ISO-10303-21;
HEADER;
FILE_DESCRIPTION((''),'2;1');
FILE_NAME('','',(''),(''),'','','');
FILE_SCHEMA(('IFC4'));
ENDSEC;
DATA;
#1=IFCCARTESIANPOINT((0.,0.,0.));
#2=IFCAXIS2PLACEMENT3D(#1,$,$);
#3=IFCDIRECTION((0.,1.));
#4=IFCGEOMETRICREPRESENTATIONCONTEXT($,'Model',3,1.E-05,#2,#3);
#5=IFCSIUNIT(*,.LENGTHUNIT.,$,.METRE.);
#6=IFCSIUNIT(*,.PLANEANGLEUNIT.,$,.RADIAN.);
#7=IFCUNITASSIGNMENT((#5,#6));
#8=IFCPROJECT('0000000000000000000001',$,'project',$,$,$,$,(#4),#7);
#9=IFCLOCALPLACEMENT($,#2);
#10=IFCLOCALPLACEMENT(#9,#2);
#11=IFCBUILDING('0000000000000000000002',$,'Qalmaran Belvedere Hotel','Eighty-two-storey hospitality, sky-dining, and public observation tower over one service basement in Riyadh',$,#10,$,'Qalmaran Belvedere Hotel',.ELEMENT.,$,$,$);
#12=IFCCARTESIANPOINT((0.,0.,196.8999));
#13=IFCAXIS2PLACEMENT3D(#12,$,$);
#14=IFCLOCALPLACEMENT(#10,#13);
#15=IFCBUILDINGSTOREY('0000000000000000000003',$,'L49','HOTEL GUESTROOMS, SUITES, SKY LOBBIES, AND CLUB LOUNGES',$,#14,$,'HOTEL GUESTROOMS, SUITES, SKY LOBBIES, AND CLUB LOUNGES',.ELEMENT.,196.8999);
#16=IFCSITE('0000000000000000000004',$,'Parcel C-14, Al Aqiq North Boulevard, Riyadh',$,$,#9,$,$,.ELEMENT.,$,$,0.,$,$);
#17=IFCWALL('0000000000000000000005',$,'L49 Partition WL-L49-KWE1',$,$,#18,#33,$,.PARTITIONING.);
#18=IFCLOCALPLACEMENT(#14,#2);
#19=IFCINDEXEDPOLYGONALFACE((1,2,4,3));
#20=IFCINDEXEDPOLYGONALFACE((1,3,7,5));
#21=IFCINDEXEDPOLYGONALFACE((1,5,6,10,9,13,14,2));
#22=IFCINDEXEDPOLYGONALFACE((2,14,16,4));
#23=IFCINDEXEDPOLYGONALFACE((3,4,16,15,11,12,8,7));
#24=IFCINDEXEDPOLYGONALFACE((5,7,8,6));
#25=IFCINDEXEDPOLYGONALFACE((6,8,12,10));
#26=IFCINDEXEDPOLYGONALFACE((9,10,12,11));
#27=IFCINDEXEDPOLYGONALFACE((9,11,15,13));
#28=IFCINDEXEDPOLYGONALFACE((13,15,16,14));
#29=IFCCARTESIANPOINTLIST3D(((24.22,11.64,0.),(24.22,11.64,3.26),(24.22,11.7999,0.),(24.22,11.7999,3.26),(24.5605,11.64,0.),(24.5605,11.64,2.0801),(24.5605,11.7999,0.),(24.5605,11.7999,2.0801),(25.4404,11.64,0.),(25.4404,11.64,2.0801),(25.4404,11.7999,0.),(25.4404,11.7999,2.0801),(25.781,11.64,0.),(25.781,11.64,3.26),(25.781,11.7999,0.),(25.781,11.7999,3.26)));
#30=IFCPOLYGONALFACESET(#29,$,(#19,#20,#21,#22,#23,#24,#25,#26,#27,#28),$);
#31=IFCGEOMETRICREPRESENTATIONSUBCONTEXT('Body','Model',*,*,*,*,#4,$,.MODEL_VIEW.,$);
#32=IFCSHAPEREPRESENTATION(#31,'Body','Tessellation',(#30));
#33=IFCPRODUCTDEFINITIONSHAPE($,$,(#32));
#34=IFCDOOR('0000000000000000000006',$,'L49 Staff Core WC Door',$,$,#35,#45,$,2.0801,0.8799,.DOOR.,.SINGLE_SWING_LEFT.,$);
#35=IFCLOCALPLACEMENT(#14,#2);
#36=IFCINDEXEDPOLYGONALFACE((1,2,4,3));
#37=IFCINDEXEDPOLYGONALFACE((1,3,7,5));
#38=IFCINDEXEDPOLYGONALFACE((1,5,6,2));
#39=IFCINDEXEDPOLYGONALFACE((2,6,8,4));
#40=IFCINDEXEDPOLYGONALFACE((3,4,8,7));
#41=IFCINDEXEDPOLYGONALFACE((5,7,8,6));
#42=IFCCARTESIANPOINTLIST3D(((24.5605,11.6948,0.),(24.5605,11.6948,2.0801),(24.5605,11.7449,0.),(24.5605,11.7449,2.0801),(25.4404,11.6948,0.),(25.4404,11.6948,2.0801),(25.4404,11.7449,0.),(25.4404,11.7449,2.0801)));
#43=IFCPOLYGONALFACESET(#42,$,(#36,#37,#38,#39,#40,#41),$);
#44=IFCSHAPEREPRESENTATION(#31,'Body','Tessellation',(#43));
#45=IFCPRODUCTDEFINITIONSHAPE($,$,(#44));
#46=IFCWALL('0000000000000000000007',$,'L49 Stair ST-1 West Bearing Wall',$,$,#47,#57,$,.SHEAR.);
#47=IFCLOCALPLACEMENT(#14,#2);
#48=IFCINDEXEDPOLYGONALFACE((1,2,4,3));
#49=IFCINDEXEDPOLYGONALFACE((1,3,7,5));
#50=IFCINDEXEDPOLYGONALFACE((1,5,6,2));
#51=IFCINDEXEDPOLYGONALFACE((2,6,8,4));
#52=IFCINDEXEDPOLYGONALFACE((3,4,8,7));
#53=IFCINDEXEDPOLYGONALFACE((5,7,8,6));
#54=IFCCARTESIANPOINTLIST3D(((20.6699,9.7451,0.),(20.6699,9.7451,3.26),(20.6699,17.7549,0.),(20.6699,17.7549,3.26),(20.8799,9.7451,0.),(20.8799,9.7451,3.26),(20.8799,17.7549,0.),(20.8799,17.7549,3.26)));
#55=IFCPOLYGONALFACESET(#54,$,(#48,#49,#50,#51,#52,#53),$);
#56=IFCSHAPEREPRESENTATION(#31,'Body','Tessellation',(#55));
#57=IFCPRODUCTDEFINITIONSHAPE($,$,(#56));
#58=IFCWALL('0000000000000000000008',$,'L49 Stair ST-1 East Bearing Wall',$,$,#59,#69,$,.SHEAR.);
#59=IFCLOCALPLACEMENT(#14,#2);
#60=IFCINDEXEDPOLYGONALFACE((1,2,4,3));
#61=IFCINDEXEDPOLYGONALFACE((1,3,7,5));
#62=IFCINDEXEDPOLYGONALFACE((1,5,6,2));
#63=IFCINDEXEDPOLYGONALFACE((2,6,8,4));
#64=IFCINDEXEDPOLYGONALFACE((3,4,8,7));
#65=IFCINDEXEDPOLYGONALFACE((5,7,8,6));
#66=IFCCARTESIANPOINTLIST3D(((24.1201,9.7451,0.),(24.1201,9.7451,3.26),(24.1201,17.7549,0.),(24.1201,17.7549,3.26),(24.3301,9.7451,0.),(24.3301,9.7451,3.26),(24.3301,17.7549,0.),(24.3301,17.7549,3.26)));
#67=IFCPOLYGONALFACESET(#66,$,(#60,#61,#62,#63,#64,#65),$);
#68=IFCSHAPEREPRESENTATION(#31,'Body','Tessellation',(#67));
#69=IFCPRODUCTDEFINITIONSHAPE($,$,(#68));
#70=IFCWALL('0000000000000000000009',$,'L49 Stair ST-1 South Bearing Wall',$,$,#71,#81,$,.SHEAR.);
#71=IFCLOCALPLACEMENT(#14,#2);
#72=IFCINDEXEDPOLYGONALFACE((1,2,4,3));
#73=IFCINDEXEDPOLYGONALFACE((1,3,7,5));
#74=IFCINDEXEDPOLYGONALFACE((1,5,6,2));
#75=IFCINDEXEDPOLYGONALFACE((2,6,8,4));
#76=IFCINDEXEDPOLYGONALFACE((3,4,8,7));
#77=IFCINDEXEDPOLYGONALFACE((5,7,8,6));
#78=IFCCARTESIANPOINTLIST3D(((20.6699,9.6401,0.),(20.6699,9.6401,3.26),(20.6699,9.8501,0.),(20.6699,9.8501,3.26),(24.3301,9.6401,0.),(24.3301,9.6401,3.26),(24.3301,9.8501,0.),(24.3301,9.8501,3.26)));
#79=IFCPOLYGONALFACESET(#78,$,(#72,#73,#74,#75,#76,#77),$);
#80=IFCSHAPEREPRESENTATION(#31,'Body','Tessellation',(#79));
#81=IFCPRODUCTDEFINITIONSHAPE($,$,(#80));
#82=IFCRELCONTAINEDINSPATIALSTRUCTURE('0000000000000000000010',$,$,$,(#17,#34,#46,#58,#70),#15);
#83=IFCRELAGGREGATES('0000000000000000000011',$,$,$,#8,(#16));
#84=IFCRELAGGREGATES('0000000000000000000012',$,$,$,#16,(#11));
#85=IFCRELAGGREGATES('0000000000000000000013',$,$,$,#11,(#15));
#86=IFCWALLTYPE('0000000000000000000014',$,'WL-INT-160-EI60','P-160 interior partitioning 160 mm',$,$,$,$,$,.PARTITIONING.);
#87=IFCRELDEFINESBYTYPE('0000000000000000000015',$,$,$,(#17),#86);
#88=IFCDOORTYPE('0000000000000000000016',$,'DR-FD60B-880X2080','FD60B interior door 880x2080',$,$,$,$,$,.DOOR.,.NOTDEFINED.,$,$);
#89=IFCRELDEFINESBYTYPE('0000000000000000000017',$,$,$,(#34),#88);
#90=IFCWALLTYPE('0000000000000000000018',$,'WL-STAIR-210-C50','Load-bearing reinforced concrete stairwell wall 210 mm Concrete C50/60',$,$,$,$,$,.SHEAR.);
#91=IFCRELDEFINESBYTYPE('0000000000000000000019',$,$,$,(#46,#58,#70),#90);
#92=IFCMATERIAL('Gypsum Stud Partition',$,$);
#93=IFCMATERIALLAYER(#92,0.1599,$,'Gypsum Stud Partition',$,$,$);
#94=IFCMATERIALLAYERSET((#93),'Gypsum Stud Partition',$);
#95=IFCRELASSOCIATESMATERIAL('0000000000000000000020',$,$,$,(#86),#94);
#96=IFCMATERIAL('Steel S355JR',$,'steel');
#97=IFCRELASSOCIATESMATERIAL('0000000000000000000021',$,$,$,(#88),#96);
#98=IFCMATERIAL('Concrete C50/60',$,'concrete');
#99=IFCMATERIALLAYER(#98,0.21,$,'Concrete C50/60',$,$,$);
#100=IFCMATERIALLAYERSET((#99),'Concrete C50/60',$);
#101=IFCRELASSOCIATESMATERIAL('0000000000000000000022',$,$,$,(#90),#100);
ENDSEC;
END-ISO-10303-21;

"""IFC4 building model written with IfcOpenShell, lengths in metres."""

from ifc_helpers import new_model, si_unit, direction, frame, frame_2d, origin, place, context, subcontext, project, spatial, rectangle, extrude, material, layer, layer_set, type_object, element, fill, save


model = new_model("IFC4")

# Units and contexts
model_context = context("Model", 3, precision=1e-05, world=origin(), true_north=direction((0.0, 1.0)))
body_context = subcontext(model_context, "Body", "Model", "MODEL_VIEW")
ifc_project = project(units=[si_unit("LENGTHUNIT", "METRE"), si_unit("PLANEANGLEUNIT", "RADIAN")], contexts=[model_context])

# Site, building, storey
site_placement = place(None, origin())
site = spatial("IfcSite", under=ifc_project, at=site_placement, Name="Parcel C-14, Al Aqiq North Boulevard, Riyadh", CompositionType="ELEMENT", RefElevation=0.0)
building_placement = place(site_placement, origin())
building = spatial("IfcBuilding", under=site, at=building_placement, Name="Qalmaran Belvedere Hotel", Description="Eighty-two-storey hospitality, sky-dining, and public observation tower over one service basement in Riyadh", LongName="Qalmaran Belvedere Hotel", CompositionType="ELEMENT")
storey_placement = place(building_placement, frame((0.0, 0.0, 196.8999)))
storey = spatial("IfcBuildingStorey", under=building, at=storey_placement, Name="L49", Description="HOTEL GUESTROOMS, SUITES, SKY LOBBIES, AND CLUB LOUNGES", LongName="HOTEL GUESTROOMS, SUITES, SKY LOBBIES, AND CLUB LOUNGES", CompositionType="ELEMENT", Elevation=196.8999)

# Shared definitions
ifc_material_1 = material(Name="Concrete C50/60", Category="concrete")

# Shared definitions
ifc_material_2 = material(Name="Steel S355JR", Category="steel")

# Shared definitions
ifc_material_3 = material(Name="Gypsum Stud Partition")

# Wall, opening, door
ifc_layer_1 = layer(ifc_material_3, 0.1599, Name="Gypsum Stud Partition")
ifc_layer_set_1 = layer_set([ifc_layer_1], Name="Gypsum Stud Partition")
wall_type_1 = type_object("IfcWallType", Name="WL-INT-160-EI60", Description="P-160 interior partitioning 160 mm", PredefinedType="PARTITIONING", material=ifc_layer_set_1)
wall_1_placement = place(storey_placement, frame((24.22, 11.72, 0.0), z_axis=(0.0, 0.0, 1.0), x_axis=(1.0, 0.0, 0.0)))
wall_1 = element("IfcWall", 1, at=wall_1_placement, inside=storey, type_object=wall_type_1, Name="L49 Partition WL-L49-KWE1", PredefinedType="PARTITIONING", context=body_context, shape_type="SweptSolid", body=[
    extrude(rectangle(XDim=1.561, YDim=0.1599, at=frame_2d((0.7805, 0.0))), origin(), (0.0, 0.0, 1.0), 3.26),
])
opening_1_placement = place(wall_1_placement, frame((0.3406, 0.0, 0.0)))
opening_1 = element("IfcOpeningElement", 2, at=opening_1_placement, cuts=wall_1, PredefinedType="OPENING", context=body_context, shape_type="SweptSolid", body=[
    extrude(rectangle(XDim=0.8799, YDim=2.0801, at=frame_2d((0.4399, 1.04))), frame((0.0, 0.0898, 0.0), z_axis=(0.0, -1.0, 0.0), x_axis=(1.0, 0.0, 0.0)), (0.0, 0.0, 1.0), 0.1799),
])
door_type_1 = type_object("IfcDoorType", Name="DR-FD60B-880X2080", Description="FD60B interior door 880x2080", OperationType="NOTDEFINED", PredefinedType="DOOR", material=ifc_material_2)
door_1_placement = place(opening_1_placement, origin())
door_1 = element("IfcDoor", 3, at=door_1_placement, inside=storey, type_object=door_type_1, Name="L49 Staff Core WC Door", OperationType="SINGLE_SWING_LEFT", OverallHeight=2.0801, OverallWidth=0.8799, PredefinedType="DOOR", context=body_context, shape_type="SweptSolid", body=[
    extrude(rectangle(XDim=0.8799, YDim=2.0801, at=frame_2d((0.4399, 1.04))), frame((0.0, 0.0249, 0.0), z_axis=(0.0, -1.0, 0.0), x_axis=(1.0, 0.0, 0.0)), (0.0, 0.0, 1.0), 0.05),
])
fill(opening_1, door_1)

# Walls
ifc_layer_2 = layer(ifc_material_1, 0.21, Name="Concrete C50/60")
ifc_layer_set_2 = layer_set([ifc_layer_2], Name="Concrete C50/60")
wall_type_2 = type_object("IfcWallType", Name="WL-STAIR-210-C50", Description="Load-bearing reinforced concrete stairwell wall 210 mm Concrete C50/60", PredefinedType="SHEAR", material=ifc_layer_set_2)
for number, where, z_axis, x_axis, name in (
    (4, (20.7749, 9.7451, 0.0), (0.0, 0.0, 1.0), (0.0, 1.0, 0.0), "L49 Stair ST-1 West Bearing Wall"),
    (5, (24.2251, 9.7451, 0.0), (0.0, 0.0, 1.0), (0.0, 1.0, 0.0), "L49 Stair ST-1 East Bearing Wall"),
):
    element("IfcWall", number, at=place(storey_placement, frame(where, z_axis=z_axis, x_axis=x_axis)), inside=storey, type_object=wall_type_2, Name=name, PredefinedType="SHEAR", context=body_context, shape_type="SweptSolid", body=[
        extrude(rectangle(XDim=8.0098, YDim=0.21, at=frame_2d((4.0049, 0.0))), origin(), (0.0, 0.0, 1.0), 3.26),
    ])
wall_2_placement = place(storey_placement, frame((20.6699, 9.7451, 0.0), z_axis=(0.0, 0.0, 1.0), x_axis=(1.0, 0.0, 0.0)))
element("IfcWall", 6, at=wall_2_placement, inside=storey, type_object=wall_type_2, Name="L49 Stair ST-1 South Bearing Wall", PredefinedType="SHEAR", context=body_context, shape_type="SweptSolid", body=[
    extrude(rectangle(XDim=3.6602, YDim=0.21, at=frame_2d((1.8301, 0.0))), origin(), (0.0, 0.0, 1.0), 3.26),
])

save(model, "model.ifc")
